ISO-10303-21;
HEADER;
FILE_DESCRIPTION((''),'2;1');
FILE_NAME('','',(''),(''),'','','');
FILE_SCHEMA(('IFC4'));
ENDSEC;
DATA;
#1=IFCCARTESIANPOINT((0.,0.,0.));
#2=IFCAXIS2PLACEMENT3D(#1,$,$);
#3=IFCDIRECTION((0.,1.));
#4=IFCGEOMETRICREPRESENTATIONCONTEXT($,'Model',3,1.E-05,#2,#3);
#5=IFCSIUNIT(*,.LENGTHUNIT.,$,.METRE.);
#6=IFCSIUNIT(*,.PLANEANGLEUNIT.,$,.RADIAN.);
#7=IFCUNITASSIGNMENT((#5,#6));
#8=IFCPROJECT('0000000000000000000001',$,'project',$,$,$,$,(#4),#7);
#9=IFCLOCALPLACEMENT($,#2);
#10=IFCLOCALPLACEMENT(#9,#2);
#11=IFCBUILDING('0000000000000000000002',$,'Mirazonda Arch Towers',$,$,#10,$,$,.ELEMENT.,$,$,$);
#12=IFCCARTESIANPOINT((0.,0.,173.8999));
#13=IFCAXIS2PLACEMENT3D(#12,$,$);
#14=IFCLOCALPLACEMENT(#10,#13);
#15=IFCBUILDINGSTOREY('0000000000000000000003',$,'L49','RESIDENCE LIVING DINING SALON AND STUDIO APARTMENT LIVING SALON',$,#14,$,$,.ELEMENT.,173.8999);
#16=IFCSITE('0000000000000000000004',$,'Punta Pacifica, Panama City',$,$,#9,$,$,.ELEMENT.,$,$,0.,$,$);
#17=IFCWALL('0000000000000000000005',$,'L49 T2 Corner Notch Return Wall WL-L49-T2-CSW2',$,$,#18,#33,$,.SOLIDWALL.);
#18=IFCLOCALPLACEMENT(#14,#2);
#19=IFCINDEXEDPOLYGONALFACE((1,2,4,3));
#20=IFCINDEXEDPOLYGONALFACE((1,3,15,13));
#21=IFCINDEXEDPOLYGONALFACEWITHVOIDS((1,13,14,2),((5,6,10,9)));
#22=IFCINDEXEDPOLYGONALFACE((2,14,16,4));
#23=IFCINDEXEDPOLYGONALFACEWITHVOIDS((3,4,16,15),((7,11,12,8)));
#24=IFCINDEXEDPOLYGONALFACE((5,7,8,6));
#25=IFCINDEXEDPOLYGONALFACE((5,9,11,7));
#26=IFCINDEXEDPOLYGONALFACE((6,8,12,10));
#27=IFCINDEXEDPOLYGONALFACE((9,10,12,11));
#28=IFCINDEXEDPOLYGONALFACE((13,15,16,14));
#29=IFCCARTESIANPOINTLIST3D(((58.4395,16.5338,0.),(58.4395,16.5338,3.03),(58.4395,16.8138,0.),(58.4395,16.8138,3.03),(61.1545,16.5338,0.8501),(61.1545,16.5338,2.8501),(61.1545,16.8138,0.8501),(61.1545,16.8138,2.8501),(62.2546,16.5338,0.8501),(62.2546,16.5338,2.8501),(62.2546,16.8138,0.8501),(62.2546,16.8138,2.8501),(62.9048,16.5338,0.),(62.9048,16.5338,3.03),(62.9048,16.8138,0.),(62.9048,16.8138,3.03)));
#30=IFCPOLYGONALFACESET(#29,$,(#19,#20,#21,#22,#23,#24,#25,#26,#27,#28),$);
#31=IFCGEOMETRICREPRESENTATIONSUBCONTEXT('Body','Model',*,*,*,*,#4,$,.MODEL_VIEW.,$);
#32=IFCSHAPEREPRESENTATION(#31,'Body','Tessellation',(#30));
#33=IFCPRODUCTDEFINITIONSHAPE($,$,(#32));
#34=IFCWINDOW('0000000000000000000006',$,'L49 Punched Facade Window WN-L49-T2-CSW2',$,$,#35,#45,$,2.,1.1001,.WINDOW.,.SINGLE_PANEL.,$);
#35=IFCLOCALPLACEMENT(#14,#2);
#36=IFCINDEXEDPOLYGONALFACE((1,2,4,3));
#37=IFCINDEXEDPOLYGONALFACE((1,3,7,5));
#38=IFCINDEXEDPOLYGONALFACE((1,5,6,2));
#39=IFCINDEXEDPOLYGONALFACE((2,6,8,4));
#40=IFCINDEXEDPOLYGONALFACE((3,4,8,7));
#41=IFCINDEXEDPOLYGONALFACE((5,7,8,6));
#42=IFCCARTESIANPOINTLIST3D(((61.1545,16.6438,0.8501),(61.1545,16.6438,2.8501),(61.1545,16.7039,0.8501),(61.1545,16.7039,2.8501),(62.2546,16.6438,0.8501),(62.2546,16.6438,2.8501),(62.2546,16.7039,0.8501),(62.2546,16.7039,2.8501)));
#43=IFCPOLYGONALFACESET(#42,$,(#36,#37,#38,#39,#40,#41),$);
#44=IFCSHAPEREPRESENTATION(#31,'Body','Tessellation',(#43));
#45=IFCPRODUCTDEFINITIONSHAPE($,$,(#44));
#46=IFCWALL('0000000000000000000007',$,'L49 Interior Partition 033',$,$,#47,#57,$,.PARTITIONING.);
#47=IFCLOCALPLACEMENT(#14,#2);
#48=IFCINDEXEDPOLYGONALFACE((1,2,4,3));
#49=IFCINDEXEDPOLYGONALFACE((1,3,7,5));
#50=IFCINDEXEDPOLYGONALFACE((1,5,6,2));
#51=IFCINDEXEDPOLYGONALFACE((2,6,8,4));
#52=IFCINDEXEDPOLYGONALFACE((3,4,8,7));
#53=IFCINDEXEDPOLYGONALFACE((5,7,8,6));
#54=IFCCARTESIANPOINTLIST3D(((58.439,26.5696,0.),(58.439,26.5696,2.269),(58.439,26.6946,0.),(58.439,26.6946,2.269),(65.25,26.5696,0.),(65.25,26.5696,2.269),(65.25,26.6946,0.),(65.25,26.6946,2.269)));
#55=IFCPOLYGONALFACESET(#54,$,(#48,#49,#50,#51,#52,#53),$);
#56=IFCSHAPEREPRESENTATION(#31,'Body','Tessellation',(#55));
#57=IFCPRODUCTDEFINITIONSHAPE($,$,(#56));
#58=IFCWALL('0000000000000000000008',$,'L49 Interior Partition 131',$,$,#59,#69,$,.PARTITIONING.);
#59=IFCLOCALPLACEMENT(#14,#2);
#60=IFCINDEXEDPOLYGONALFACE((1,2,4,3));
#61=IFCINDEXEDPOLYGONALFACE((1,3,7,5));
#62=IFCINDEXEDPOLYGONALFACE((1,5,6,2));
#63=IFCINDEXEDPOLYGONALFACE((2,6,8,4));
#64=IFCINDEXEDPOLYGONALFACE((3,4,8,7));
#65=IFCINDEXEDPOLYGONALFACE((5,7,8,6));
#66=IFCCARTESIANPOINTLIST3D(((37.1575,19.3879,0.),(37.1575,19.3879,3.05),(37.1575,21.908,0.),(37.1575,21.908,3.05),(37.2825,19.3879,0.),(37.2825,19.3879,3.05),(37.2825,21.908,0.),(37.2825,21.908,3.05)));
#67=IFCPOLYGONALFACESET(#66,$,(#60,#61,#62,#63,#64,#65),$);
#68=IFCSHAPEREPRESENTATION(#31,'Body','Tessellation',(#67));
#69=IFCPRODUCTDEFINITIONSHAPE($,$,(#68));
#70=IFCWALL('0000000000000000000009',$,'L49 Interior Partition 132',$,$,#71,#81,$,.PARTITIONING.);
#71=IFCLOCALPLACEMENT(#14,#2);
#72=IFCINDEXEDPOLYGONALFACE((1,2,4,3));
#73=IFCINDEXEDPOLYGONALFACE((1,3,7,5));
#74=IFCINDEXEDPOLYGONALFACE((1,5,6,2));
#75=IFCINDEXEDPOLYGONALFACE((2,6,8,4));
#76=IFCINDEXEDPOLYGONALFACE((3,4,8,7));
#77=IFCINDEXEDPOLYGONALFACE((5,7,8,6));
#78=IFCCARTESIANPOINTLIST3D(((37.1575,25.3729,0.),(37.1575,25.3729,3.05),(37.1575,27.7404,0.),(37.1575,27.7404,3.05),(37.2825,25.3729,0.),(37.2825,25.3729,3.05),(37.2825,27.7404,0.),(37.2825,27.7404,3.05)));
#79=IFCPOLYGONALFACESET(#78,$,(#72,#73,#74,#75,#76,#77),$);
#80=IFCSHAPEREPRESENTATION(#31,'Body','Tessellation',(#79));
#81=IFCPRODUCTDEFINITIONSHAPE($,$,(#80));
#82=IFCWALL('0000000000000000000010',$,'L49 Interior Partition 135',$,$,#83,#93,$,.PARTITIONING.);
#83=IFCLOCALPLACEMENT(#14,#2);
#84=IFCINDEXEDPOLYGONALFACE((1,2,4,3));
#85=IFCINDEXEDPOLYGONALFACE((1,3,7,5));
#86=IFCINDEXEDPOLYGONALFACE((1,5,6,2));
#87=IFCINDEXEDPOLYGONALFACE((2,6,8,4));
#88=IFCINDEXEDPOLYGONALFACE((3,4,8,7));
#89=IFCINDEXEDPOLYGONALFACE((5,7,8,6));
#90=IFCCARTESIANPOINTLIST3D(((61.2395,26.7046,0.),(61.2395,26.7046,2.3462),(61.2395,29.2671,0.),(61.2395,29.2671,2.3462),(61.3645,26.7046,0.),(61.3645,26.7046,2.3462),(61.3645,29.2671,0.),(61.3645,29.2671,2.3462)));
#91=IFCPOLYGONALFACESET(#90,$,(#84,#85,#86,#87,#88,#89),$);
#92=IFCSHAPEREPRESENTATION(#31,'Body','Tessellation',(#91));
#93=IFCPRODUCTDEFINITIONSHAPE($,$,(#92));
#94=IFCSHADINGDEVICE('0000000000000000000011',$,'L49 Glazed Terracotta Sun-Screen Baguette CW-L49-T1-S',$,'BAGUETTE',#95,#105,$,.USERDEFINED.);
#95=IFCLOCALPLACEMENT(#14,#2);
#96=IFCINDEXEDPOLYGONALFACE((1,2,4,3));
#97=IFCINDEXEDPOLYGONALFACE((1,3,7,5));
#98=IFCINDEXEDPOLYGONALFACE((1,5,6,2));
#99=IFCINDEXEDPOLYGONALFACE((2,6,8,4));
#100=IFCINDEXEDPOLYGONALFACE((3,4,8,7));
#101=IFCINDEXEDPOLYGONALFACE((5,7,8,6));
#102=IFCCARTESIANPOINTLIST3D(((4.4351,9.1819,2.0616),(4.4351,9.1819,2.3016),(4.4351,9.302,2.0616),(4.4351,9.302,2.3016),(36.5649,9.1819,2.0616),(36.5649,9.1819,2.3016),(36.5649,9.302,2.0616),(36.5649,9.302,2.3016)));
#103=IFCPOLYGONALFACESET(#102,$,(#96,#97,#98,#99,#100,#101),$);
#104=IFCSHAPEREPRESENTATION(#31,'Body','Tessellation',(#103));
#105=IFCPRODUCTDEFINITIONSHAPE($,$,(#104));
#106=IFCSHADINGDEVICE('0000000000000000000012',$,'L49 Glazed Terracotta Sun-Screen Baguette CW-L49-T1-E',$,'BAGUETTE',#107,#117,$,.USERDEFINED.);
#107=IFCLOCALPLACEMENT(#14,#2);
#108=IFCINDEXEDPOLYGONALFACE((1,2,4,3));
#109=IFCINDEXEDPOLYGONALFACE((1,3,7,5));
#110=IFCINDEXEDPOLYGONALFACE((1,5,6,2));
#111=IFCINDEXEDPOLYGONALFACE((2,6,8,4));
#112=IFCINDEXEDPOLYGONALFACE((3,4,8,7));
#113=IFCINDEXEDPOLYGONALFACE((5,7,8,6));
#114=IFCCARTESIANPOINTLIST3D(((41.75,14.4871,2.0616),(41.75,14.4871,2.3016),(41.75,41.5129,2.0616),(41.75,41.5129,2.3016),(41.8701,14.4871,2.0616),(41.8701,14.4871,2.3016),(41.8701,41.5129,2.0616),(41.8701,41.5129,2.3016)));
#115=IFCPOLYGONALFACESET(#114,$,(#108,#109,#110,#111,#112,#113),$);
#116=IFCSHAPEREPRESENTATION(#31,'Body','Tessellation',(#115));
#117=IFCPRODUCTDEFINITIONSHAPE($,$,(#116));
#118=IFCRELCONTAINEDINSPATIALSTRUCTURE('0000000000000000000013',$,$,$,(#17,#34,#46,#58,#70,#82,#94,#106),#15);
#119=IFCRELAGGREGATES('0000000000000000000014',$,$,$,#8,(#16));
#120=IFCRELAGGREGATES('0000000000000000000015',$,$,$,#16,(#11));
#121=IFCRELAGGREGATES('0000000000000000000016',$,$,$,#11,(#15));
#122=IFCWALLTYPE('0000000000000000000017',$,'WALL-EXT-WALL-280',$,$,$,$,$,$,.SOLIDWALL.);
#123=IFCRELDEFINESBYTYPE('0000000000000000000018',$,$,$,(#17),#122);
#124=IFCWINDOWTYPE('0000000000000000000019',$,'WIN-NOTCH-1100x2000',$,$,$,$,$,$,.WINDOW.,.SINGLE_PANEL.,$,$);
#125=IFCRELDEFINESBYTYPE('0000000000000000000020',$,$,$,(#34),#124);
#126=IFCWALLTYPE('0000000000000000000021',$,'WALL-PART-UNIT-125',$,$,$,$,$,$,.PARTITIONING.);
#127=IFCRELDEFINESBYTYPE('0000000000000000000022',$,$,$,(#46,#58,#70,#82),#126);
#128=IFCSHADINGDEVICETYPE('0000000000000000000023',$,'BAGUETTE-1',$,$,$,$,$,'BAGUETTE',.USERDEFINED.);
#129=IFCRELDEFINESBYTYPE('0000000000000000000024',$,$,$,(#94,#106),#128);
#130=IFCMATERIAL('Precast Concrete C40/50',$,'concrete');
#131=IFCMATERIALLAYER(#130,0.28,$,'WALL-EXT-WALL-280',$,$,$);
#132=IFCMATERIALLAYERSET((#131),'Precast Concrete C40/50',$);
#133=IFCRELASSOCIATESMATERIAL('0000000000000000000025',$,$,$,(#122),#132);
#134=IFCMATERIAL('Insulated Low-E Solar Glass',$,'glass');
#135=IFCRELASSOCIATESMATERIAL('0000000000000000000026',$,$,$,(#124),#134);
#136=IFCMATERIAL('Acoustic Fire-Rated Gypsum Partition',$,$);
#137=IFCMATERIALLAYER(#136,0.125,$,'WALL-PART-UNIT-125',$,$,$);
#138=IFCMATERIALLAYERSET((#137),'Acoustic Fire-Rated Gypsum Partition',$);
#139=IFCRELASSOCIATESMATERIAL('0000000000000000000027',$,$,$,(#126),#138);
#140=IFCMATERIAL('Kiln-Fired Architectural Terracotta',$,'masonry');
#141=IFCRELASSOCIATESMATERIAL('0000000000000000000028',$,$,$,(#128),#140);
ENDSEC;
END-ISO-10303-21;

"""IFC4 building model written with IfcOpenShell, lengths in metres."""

from ifc_helpers import new_model, si_unit, direction, frame, frame_2d, origin, origin_2d, place, context, subcontext, project, spatial, rectangle, extrude, material, layer, layer_set, material_profile, profile_set, type_object, element, fill, save


model = new_model("IFC4")

# Units and contexts
model_context = context("Model", 3, precision=1e-05, world=origin(), true_north=direction((0.0, 1.0)))
body_context = subcontext(model_context, "Body", "Model", "MODEL_VIEW")
ifc_project = project(units=[si_unit("LENGTHUNIT", "METRE"), si_unit("PLANEANGLEUNIT", "RADIAN")], contexts=[model_context])

# Site, building, storey
site_placement = place(None, origin())
site = spatial("IfcSite", under=ifc_project, at=site_placement, Name="Punta Pacifica, Panama City", CompositionType="ELEMENT", RefElevation=0.0)
building_placement = place(site_placement, origin())
building = spatial("IfcBuilding", under=site, at=building_placement, Name="Mirazonda Arch Towers", CompositionType="ELEMENT")
storey_placement = place(building_placement, frame((0.0, 0.0, 173.8999)))
storey = spatial("IfcBuildingStorey", under=building, at=storey_placement, Name="L49", Description="RESIDENCE LIVING DINING SALON AND STUDIO APARTMENT LIVING SALON", CompositionType="ELEMENT", Elevation=173.8999)

# Shared definitions
ifc_material_1 = material(Name="Insulated Low-E Solar Glass", Category="glass")

# Shared definitions
ifc_material_2 = material(Name="Precast Concrete C40/50", Category="concrete")
ifc_layer_1 = layer(ifc_material_2, 0.28, Name="WALL-EXT-WALL-280")
ifc_layer_set_1 = layer_set([ifc_layer_1], Name="Precast Concrete C40/50")
wall_type_1 = type_object("IfcWallType", Name="WALL-EXT-WALL-280", PredefinedType="SOLIDWALL", material=ifc_layer_set_1)
window_type_1 = type_object("IfcWindowType", Name="WIN-NOTCH-1100x2000", PartitioningType="SINGLE_PANEL", PredefinedType="WINDOW", material=ifc_material_1)

# Wall, opening, window
wall_1_placement = place(storey_placement, frame((58.4395, 16.6738, 0.0), z_axis=(0.0, 0.0, 1.0), x_axis=(1.0, 0.0, 0.0)))
wall_1 = element("IfcWall", 1, at=wall_1_placement, inside=storey, type_object=wall_type_1, Name="L49 T2 Corner Notch Return Wall WL-L49-T2-CSW2", PredefinedType="SOLIDWALL", context=body_context, shape_type="SweptSolid", body=[
    extrude(rectangle(XDim=4.4653, YDim=0.28, at=frame_2d((2.2327, 0.0))), origin(), (0.0, 0.0, 1.0), 3.03),
])
opening_1_placement = place(wall_1_placement, frame((2.7151, 0.0, 0.8501)))
opening_1 = element("IfcOpeningElement", 2, at=opening_1_placement, cuts=wall_1, PredefinedType="OPENING", context=body_context, shape_type="SweptSolid", body=[
    extrude(rectangle(XDim=1.1001, YDim=2.0, at=frame_2d((0.55, 1.0))), frame((0.0, 0.1499, 0.0), z_axis=(0.0, -1.0, 0.0), x_axis=(1.0, 0.0, 0.0)), (0.0, 0.0, 1.0), 0.3),
])
window_1_placement = place(opening_1_placement, origin())
window_1 = element("IfcWindow", 3, at=window_1_placement, inside=storey, type_object=window_type_1, Name="L49 Punched Facade Window WN-L49-T2-CSW2", OverallHeight=2.0, OverallWidth=1.1001, PartitioningType="SINGLE_PANEL", PredefinedType="WINDOW", context=body_context, shape_type="SweptSolid", body=[
    extrude(rectangle(XDim=1.1001, YDim=2.0, at=frame_2d((0.55, 1.0))), frame((0.0, 0.03, 0.0), z_axis=(0.0, -1.0, 0.0), x_axis=(1.0, 0.0, 0.0)), (0.0, 0.0, 1.0), 0.0601),
])
fill(opening_1, window_1)

# Walls
ifc_material_3 = material(Name="Acoustic Fire-Rated Gypsum Partition")
ifc_layer_2 = layer(ifc_material_3, 0.125, Name="WALL-PART-UNIT-125")
ifc_layer_set_2 = layer_set([ifc_layer_2], Name="Acoustic Fire-Rated Gypsum Partition")
wall_type_2 = type_object("IfcWallType", Name="WALL-PART-UNIT-125", PredefinedType="PARTITIONING", material=ifc_layer_set_2)
wall_2_placement = place(storey_placement, frame((58.439, 26.6321, 0.0), z_axis=(0.0, 0.0, 1.0), x_axis=(1.0, 0.0, 0.0)))
element("IfcWall", 4, at=wall_2_placement, inside=storey, type_object=wall_type_2, Name="L49 Interior Partition 033", PredefinedType="PARTITIONING", context=body_context, shape_type="SweptSolid", body=[
    extrude(rectangle(XDim=6.811, YDim=0.125, at=frame_2d((3.4055, 0.0))), origin(), (0.0, 0.0, 1.0), 2.269),
])
wall_3_placement = place(storey_placement, frame((37.22, 19.3879, 0.0), z_axis=(0.0, 0.0, 1.0), x_axis=(0.0, 1.0, 0.0)))
element("IfcWall", 5, at=wall_3_placement, inside=storey, type_object=wall_type_2, Name="L49 Interior Partition 131", PredefinedType="PARTITIONING", context=body_context, shape_type="SweptSolid", body=[
    extrude(rectangle(XDim=2.52, YDim=0.125, at=frame_2d((1.26, 0.0))), origin(), (0.0, 0.0, 1.0), 3.05),
])
wall_4_placement = place(storey_placement, frame((37.22, 25.373, 0.0), z_axis=(0.0, 0.0, 1.0), x_axis=(0.0, 1.0, 0.0)))
element("IfcWall", 6, at=wall_4_placement, inside=storey, type_object=wall_type_2, Name="L49 Interior Partition 132", PredefinedType="PARTITIONING", context=body_context, shape_type="SweptSolid", body=[
    extrude(rectangle(XDim=2.3674, YDim=0.125, at=frame_2d((1.1836, 0.0))), origin(), (0.0, 0.0, 1.0), 3.05),
])
wall_5_placement = place(storey_placement, frame((61.302, 26.7046, 0.0), z_axis=(0.0, 0.0, 1.0), x_axis=(0.0, 1.0, 0.0)))
element("IfcWall", 7, at=wall_5_placement, inside=storey, type_object=wall_type_2, Name="L49 Interior Partition 135", PredefinedType="PARTITIONING", context=body_context, shape_type="SweptSolid", body=[
    extrude(rectangle(XDim=2.5625, YDim=0.125, at=frame_2d((1.2812, 0.0))), origin(), (0.0, 0.0, 1.0), 2.3462),
])

# Shading devices
ifc_material_4 = material(Name="Kiln-Fired Architectural Terracotta", Category="masonry")
ifc_material_profile_1 = material_profile(ifc_material_4, rectangle(XDim=0.1201, YDim=0.24, at=origin_2d()), Name="TERRA-BAG-120x240")
ifc_profile_set_1 = profile_set([ifc_material_profile_1], Name="Kiln-Fired Architectural Terracotta")
shading_device_type = type_object("IfcShadingDeviceType", Name="BAGUETTE-1", ElementType="BAGUETTE", PredefinedType="USERDEFINED", material=ifc_profile_set_1)
shading_device_1_placement = place(storey_placement, frame((36.5649, 9.2419, 2.1816), z_axis=(-1.0, 0.0, 0.0), x_axis=(0.0, -1.0, 0.0)))
element("IfcShadingDevice", 8, at=shading_device_1_placement, inside=storey, type_object=shading_device_type, Name="L49 Glazed Terracotta Sun-Screen Baguette CW-L49-T1-S", ObjectType="BAGUETTE", PredefinedType="USERDEFINED", context=body_context, shape_type="SweptSolid", body=[
    extrude(rectangle(XDim=0.1201, YDim=0.24, at=origin_2d()), origin(), (0.0, 0.0, 1.0), 32.1299),
])
shading_device_2_placement = place(storey_placement, frame((41.8101, 14.4871, 2.1816), z_axis=(0.0, 1.0, 0.0), x_axis=(-1.0, 0.0, 0.0)))
element("IfcShadingDevice", 9, at=shading_device_2_placement, inside=storey, type_object=shading_device_type, Name="L49 Glazed Terracotta Sun-Screen Baguette CW-L49-T1-E", ObjectType="BAGUETTE", PredefinedType="USERDEFINED", context=body_context, shape_type="SweptSolid", body=[
    extrude(rectangle(XDim=0.1201, YDim=0.24, at=origin_2d()), origin(), (0.0, 0.0, 1.0), 27.0259),
])

save(model, "model.ifc")
